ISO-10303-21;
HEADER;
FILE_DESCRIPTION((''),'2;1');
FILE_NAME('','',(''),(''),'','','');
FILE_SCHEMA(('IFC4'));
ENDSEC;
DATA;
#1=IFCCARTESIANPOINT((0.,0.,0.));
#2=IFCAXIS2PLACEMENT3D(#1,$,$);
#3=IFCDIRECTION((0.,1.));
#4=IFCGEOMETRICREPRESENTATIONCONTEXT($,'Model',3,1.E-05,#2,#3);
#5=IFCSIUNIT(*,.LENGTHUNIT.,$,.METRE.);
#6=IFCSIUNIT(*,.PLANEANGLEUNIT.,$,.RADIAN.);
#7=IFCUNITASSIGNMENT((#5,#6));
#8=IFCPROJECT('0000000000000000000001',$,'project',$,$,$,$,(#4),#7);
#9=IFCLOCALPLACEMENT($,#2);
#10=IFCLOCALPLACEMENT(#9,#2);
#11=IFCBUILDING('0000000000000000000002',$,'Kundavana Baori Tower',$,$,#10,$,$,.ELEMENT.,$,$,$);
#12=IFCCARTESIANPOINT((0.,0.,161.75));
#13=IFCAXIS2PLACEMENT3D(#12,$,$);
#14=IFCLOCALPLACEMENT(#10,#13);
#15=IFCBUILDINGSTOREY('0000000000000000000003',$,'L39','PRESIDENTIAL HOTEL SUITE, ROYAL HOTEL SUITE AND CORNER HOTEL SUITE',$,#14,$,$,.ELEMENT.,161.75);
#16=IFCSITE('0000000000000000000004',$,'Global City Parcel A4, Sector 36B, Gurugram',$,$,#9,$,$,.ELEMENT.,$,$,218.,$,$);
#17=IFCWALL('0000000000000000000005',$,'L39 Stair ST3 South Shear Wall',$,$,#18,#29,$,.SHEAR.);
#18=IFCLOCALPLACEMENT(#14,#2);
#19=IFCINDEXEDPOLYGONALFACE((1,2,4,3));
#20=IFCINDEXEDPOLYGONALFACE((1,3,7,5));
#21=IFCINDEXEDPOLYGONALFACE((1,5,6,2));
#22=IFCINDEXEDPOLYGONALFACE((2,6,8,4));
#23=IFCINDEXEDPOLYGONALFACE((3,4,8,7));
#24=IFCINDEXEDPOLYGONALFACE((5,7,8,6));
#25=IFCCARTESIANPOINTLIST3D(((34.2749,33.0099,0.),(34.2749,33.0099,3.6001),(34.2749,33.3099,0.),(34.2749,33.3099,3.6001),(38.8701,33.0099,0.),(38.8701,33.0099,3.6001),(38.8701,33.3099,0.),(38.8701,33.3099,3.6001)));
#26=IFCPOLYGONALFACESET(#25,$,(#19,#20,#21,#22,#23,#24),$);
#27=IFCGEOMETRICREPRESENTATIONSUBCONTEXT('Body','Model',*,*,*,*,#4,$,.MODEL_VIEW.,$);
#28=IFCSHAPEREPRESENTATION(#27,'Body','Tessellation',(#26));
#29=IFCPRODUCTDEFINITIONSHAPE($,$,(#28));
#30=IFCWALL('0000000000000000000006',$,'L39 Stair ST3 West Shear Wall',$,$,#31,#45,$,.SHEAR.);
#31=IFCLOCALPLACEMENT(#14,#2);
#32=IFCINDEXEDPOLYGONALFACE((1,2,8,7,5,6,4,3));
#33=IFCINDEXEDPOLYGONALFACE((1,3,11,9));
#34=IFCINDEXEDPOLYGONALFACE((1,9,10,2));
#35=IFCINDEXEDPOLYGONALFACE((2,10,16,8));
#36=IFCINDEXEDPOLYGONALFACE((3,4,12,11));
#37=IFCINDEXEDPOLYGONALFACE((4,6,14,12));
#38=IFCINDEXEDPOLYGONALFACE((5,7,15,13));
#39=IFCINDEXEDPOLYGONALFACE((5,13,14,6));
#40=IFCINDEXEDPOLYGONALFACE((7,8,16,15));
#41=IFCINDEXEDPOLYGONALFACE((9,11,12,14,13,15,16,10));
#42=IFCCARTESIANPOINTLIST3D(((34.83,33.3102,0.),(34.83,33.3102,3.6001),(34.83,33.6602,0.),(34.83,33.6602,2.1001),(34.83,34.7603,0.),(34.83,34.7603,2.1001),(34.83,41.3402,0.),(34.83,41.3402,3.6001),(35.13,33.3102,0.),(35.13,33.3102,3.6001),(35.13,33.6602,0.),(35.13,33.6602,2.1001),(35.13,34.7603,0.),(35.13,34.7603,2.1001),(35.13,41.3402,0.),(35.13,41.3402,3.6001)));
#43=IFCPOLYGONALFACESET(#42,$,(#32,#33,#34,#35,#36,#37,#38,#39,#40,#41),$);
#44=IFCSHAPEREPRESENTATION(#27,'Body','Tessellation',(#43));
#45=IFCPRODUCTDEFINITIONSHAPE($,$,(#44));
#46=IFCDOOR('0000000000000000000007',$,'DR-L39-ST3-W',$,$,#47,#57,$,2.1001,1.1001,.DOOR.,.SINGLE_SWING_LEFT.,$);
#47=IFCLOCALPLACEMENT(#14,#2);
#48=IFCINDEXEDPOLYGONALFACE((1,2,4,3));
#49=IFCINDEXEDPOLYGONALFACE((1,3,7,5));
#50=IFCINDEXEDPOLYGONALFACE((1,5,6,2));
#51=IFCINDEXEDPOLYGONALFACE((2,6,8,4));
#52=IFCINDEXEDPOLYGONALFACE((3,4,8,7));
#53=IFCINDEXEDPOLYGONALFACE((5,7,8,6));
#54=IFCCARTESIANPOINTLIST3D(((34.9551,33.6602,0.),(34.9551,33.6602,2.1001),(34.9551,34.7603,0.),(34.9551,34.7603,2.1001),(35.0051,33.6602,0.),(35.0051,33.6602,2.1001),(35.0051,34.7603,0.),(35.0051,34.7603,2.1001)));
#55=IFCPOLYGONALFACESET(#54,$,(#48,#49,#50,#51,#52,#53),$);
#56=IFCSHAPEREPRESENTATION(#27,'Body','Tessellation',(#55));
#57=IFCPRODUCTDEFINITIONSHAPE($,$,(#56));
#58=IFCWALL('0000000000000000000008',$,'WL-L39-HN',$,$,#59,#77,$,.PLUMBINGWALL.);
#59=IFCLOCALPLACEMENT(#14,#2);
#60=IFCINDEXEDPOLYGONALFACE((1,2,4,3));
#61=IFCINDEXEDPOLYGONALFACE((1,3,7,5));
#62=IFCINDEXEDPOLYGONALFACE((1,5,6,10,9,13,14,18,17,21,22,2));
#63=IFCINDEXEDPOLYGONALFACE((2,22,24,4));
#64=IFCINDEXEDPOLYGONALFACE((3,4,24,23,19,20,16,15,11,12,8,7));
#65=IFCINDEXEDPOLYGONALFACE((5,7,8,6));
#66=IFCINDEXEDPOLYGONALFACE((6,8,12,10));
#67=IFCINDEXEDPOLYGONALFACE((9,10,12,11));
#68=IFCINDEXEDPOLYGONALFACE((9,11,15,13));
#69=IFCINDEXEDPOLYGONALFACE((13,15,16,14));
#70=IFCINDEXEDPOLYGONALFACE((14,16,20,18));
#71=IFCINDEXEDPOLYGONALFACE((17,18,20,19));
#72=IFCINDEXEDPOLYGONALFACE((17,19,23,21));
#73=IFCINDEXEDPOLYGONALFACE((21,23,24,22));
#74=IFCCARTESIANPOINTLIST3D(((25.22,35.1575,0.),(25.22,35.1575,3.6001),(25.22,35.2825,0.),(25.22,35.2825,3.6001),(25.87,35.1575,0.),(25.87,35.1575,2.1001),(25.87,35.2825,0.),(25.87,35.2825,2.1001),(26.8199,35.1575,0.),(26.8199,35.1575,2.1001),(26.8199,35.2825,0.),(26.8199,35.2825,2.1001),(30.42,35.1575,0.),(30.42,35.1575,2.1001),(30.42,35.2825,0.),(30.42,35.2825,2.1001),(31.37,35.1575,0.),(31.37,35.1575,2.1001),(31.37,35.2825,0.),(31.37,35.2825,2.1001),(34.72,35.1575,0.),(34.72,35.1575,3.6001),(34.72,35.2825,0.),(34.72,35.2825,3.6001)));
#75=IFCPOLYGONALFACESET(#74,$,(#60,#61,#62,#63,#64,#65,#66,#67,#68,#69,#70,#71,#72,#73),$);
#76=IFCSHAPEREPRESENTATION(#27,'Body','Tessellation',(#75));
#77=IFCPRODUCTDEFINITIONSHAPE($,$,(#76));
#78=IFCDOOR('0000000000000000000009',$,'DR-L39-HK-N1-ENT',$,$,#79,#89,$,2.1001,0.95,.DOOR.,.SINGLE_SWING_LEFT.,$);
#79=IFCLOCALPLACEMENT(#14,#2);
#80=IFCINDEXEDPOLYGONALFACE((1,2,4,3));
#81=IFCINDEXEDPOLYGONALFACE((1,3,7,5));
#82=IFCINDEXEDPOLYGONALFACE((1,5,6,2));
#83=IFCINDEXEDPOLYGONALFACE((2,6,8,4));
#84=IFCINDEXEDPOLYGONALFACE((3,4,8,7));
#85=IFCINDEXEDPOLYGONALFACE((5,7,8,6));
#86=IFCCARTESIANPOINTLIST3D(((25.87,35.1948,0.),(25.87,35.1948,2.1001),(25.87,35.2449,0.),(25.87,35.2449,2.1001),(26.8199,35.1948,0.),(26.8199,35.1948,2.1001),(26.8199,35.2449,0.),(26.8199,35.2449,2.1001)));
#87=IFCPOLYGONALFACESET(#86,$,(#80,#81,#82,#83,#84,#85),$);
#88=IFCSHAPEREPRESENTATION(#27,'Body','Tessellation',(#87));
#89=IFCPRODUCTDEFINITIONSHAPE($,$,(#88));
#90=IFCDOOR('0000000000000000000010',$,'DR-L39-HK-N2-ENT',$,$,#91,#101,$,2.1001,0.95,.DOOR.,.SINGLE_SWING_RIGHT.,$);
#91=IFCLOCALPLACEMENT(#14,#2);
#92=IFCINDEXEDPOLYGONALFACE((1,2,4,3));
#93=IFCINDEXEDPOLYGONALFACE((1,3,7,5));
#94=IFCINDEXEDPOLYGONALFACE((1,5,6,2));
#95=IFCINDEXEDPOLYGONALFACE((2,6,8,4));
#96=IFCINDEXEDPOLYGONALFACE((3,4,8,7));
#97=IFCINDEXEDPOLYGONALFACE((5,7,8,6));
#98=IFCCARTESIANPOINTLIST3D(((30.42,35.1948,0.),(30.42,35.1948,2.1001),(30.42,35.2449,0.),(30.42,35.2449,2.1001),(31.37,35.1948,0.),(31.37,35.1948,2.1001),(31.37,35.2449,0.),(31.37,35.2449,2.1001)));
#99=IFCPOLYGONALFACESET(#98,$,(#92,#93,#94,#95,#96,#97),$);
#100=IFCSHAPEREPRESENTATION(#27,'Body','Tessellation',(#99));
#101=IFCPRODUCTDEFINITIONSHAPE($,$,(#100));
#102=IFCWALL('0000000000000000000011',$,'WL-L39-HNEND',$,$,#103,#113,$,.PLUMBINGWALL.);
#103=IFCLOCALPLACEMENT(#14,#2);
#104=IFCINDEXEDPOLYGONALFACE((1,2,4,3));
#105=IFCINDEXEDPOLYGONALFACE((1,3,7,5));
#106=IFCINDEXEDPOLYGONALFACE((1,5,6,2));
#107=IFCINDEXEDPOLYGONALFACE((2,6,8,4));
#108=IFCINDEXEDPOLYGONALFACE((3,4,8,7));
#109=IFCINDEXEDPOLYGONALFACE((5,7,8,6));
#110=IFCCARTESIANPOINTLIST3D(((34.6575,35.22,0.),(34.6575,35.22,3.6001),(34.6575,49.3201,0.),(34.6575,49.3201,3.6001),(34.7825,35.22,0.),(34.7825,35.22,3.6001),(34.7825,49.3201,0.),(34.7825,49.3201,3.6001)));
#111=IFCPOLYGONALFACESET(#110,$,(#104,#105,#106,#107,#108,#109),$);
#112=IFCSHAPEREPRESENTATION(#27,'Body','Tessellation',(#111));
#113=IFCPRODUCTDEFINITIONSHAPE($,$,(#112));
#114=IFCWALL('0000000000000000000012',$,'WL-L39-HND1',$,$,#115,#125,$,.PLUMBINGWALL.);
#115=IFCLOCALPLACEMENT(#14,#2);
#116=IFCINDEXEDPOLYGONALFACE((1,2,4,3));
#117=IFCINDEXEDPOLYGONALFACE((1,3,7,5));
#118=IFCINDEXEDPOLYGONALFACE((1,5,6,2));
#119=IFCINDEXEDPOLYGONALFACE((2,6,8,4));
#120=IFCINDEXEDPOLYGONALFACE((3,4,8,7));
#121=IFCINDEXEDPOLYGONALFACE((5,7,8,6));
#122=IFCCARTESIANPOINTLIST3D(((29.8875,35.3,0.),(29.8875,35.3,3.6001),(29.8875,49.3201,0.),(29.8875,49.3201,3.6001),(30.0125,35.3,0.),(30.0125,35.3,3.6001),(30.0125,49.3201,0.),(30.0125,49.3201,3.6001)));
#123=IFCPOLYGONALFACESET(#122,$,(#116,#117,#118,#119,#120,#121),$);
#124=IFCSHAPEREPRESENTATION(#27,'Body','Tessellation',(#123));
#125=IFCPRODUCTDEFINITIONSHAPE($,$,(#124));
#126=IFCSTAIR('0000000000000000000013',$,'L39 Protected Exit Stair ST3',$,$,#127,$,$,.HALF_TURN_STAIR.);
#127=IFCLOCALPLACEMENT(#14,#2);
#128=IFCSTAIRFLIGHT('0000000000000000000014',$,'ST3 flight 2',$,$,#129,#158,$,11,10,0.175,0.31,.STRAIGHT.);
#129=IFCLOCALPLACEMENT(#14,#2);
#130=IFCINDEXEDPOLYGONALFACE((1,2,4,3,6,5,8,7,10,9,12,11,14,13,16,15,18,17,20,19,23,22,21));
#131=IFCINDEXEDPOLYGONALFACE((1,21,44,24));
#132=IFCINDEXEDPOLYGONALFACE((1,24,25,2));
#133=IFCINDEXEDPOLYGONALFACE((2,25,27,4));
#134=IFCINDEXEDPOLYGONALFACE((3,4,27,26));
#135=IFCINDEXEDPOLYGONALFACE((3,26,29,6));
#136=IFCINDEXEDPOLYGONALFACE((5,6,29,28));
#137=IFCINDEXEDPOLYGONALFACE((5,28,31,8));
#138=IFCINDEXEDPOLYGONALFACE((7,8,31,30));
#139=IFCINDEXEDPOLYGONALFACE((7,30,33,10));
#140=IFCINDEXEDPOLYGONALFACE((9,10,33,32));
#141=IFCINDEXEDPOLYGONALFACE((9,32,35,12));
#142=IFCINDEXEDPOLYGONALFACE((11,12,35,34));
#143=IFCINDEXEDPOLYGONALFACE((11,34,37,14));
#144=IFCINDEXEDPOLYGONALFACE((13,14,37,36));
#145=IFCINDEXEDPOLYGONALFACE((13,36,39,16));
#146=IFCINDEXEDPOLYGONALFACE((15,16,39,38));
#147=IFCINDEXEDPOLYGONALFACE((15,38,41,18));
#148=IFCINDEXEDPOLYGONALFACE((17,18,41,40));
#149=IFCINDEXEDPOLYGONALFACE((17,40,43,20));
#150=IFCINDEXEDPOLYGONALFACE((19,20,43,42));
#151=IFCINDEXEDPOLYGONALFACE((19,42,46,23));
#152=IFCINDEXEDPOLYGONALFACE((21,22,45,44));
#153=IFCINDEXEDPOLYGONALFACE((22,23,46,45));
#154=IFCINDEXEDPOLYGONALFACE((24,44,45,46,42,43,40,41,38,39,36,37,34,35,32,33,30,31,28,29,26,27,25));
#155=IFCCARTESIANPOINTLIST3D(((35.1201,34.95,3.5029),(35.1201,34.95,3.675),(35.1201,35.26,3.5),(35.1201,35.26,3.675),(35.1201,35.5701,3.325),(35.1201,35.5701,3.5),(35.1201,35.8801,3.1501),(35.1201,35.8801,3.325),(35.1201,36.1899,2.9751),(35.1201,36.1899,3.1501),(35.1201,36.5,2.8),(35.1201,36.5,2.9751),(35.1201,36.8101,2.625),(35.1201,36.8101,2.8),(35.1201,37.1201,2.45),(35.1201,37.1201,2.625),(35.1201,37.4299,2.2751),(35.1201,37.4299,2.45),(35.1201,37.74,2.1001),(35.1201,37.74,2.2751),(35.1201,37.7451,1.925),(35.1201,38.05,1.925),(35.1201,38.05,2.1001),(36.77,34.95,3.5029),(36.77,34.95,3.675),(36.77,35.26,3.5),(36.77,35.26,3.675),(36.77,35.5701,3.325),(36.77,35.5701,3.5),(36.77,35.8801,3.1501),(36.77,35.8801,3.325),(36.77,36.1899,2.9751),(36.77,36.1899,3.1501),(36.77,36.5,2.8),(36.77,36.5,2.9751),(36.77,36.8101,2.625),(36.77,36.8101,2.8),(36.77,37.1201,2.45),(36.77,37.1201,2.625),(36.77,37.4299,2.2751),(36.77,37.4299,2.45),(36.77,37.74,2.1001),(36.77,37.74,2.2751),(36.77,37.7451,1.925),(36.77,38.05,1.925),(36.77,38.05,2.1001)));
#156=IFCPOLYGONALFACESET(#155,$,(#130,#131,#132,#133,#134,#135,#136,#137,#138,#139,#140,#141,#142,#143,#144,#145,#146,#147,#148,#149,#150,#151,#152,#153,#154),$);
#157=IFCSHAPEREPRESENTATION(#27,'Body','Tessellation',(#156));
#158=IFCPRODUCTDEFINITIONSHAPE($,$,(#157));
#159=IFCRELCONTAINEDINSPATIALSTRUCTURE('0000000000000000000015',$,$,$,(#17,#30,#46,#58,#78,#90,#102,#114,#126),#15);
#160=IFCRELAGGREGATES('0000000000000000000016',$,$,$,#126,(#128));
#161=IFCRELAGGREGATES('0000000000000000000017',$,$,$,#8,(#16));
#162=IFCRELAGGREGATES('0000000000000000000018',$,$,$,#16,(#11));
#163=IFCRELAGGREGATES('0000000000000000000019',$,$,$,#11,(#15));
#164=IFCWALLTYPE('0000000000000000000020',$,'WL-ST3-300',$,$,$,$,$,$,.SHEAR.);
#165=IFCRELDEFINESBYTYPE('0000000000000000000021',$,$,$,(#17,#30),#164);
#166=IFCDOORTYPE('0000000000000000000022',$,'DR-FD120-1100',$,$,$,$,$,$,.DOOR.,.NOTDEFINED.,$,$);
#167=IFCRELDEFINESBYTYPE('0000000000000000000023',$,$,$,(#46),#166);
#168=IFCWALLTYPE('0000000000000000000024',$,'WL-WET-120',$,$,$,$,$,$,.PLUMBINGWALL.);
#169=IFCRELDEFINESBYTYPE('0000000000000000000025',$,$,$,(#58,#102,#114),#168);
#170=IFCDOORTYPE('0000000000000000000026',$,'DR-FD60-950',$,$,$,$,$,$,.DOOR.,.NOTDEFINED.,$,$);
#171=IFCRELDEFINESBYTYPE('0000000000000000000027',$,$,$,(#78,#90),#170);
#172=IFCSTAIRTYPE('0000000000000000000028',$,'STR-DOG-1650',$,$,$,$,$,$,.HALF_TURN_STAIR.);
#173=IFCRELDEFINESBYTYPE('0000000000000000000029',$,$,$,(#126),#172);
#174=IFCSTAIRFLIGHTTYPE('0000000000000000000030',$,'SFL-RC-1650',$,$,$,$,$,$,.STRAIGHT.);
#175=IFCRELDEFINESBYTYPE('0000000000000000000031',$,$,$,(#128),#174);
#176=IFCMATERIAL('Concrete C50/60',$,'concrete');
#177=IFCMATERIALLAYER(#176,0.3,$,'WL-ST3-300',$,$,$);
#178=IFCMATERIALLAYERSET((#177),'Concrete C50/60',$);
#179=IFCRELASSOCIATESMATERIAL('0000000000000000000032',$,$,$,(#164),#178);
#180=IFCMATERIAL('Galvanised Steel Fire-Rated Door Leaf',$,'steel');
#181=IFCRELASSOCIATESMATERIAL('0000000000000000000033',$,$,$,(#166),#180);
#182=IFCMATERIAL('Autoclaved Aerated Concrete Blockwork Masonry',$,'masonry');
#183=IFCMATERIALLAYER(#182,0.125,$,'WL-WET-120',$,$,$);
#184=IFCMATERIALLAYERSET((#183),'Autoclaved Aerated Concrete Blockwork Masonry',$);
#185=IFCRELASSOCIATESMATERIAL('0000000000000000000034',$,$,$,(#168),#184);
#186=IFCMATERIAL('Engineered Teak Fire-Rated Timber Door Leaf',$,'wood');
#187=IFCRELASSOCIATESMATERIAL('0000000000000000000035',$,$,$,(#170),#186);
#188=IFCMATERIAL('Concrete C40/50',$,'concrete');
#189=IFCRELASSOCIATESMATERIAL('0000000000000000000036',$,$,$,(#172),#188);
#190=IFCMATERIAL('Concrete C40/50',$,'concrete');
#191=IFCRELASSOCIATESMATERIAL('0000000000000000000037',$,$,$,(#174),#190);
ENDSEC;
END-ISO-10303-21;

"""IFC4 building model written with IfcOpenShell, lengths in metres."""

from ifc_helpers import new_model, si_unit, direction, frame, frame_2d, origin, place, context, subcontext, project, spatial, polyline, rectangle, outline, extrude, material, layer, layer_set, type_object, element, fill, aggregate, save


model = new_model("IFC4")

# Units and contexts
model_context = context("Model", 3, precision=1e-05, world=origin(), true_north=direction((0.0, 1.0)))
body_context = subcontext(model_context, "Body", "Model", "MODEL_VIEW")
ifc_project = project(units=[si_unit("LENGTHUNIT", "METRE"), si_unit("PLANEANGLEUNIT", "RADIAN")], contexts=[model_context])

# Site, building, storey
site_placement = place(None, origin())
site = spatial("IfcSite", under=ifc_project, at=site_placement, Name="Global City Parcel A4, Sector 36B, Gurugram", CompositionType="ELEMENT", RefElevation=218.0)
building_placement = place(site_placement, origin())
building = spatial("IfcBuilding", under=site, at=building_placement, Name="Kundavana Baori Tower", CompositionType="ELEMENT")
storey_placement = place(building_placement, frame((0.0, 0.0, 161.75)))
storey = spatial("IfcBuildingStorey", under=building, at=storey_placement, Name="L39", Description="PRESIDENTIAL HOTEL SUITE, ROYAL HOTEL SUITE AND CORNER HOTEL SUITE", CompositionType="ELEMENT", Elevation=161.75)

# Wall
ifc_material_1 = material(Name="Concrete C50/60", Category="concrete")
ifc_layer_1 = layer(ifc_material_1, 0.3, Name="WL-ST3-300")
ifc_layer_set_1 = layer_set([ifc_layer_1], Name="Concrete C50/60")
wall_type_1 = type_object("IfcWallType", Name="WL-ST3-300", PredefinedType="SHEAR", material=ifc_layer_set_1)
wall_1_placement = place(storey_placement, frame((34.2749, 33.1599, 0.0), z_axis=(0.0, 0.0, 1.0), x_axis=(1.0, 0.0, 0.0)))
element("IfcWall", 1, at=wall_1_placement, inside=storey, type_object=wall_type_1, Name="L39 Stair ST3 South Shear Wall", PredefinedType="SHEAR", context=body_context, shape_type="SweptSolid", body=[
    extrude(rectangle(XDim=4.5952, YDim=0.3, at=frame_2d((2.2976, 0.0))), origin(), (0.0, 0.0, 1.0), 3.6001),
])

# Wall, opening, door
wall_2_placement = place(storey_placement, frame((34.98, 33.3101, 0.0), z_axis=(0.0, 0.0, 1.0), x_axis=(0.0, 1.0, 0.0)))
wall_2 = element("IfcWall", 2, at=wall_2_placement, inside=storey, type_object=wall_type_1, Name="L39 Stair ST3 West Shear Wall", PredefinedType="SHEAR", context=body_context, shape_type="SweptSolid", body=[
    extrude(rectangle(XDim=8.03, YDim=0.3, at=frame_2d((4.0151, 0.0))), origin(), (0.0, 0.0, 1.0), 3.6001),
])
opening_1_placement = place(wall_2_placement, frame((0.3501, 0.0, 0.0)))
opening_1 = element("IfcOpeningElement", 3, at=opening_1_placement, cuts=wall_2, PredefinedType="OPENING", context=body_context, shape_type="SweptSolid", body=[
    extrude(rectangle(XDim=1.1001, YDim=2.1001, at=frame_2d((0.55, 1.05))), frame((0.0, 0.1602, 0.0), z_axis=(0.0, -1.0, 0.0), x_axis=(1.0, 0.0, 0.0)), (0.0, 0.0, 1.0), 0.3201),
])
ifc_material_2 = material(Name="Galvanised Steel Fire-Rated Door Leaf", Category="steel")
door_type_1 = type_object("IfcDoorType", Name="DR-FD120-1100", OperationType="NOTDEFINED", PredefinedType="DOOR", material=ifc_material_2)
door_1_placement = place(opening_1_placement, origin())
door_1 = element("IfcDoor", 4, at=door_1_placement, inside=storey, type_object=door_type_1, Name="DR-L39-ST3-W", OperationType="SINGLE_SWING_LEFT", OverallHeight=2.1001, OverallWidth=1.1001, PredefinedType="DOOR", context=body_context, shape_type="SweptSolid", body=[
    extrude(rectangle(XDim=1.1001, YDim=2.1001, at=frame_2d((0.55, 1.05))), frame((0.0, 0.0249, 0.0), z_axis=(0.0, -1.0, 0.0), x_axis=(1.0, 0.0, 0.0)), (0.0, 0.0, 1.0), 0.05),
])
fill(opening_1, door_1)

# Wall, openings, doors
ifc_material_3 = material(Name="Autoclaved Aerated Concrete Blockwork Masonry", Category="masonry")
ifc_layer_2 = layer(ifc_material_3, 0.125, Name="WL-WET-120")
ifc_layer_set_2 = layer_set([ifc_layer_2], Name="Autoclaved Aerated Concrete Blockwork Masonry")
wall_type_2 = type_object("IfcWallType", Name="WL-WET-120", PredefinedType="PLUMBINGWALL", material=ifc_layer_set_2)
wall_3_placement = place(storey_placement, frame((25.22, 35.22, 0.0), z_axis=(0.0, 0.0, 1.0), x_axis=(1.0, 0.0, 0.0)))
wall_3 = element("IfcWall", 5, at=wall_3_placement, inside=storey, type_object=wall_type_2, Name="WL-L39-HN", PredefinedType="PLUMBINGWALL", context=body_context, shape_type="SweptSolid", body=[
    extrude(rectangle(XDim=9.5, YDim=0.125, at=frame_2d((4.75, 0.0))), origin(), (0.0, 0.0, 1.0), 3.6001),
])
opening_2_placement = place(wall_3_placement, frame((0.6499, 0.0, 0.0)))
opening_2 = element("IfcOpeningElement", 6, at=opening_2_placement, cuts=wall_3, PredefinedType="OPENING", context=body_context, shape_type="SweptSolid", body=[
    extrude(rectangle(XDim=0.95, YDim=2.1001, at=frame_2d((0.4751, 1.05))), frame((0.0, 0.0725, 0.0), z_axis=(0.0, -1.0, 0.0), x_axis=(1.0, 0.0, 0.0)), (0.0, 0.0, 1.0), 0.145),
])
opening_3_placement = place(wall_3_placement, frame((5.2, 0.0, 0.0)))
opening_3 = element("IfcOpeningElement", 7, at=opening_3_placement, cuts=wall_3, PredefinedType="OPENING", context=body_context, shape_type="SweptSolid", body=[
    extrude(rectangle(XDim=0.95, YDim=2.1001, at=frame_2d((0.4751, 1.05))), frame((0.0, 0.0725, 0.0), z_axis=(0.0, -1.0, 0.0), x_axis=(1.0, 0.0, 0.0)), (0.0, 0.0, 1.0), 0.145),
])
ifc_material_4 = material(Name="Engineered Teak Fire-Rated Timber Door Leaf", Category="wood")
door_type_2 = type_object("IfcDoorType", Name="DR-FD60-950", OperationType="NOTDEFINED", PredefinedType="DOOR", material=ifc_material_4)
door_2_placement = place(opening_2_placement, origin())
door_2 = element("IfcDoor", 8, at=door_2_placement, inside=storey, type_object=door_type_2, Name="DR-L39-HK-N1-ENT", OperationType="SINGLE_SWING_LEFT", OverallHeight=2.1001, OverallWidth=0.95, PredefinedType="DOOR", context=body_context, shape_type="SweptSolid", body=[
    extrude(rectangle(XDim=0.95, YDim=2.1001, at=frame_2d((0.4751, 1.05))), frame((0.0, 0.0249, 0.0), z_axis=(0.0, -1.0, 0.0), x_axis=(1.0, 0.0, 0.0)), (0.0, 0.0, 1.0), 0.05),
])
fill(opening_2, door_2)
door_3_placement = place(opening_3_placement, origin())
door_3 = element("IfcDoor", 9, at=door_3_placement, inside=storey, type_object=door_type_2, Name="DR-L39-HK-N2-ENT", OperationType="SINGLE_SWING_RIGHT", OverallHeight=2.1001, OverallWidth=0.95, PredefinedType="DOOR", context=body_context, shape_type="SweptSolid", body=[
    extrude(rectangle(XDim=0.95, YDim=2.1001, at=frame_2d((0.4751, 1.05))), frame((0.0, 0.0249, 0.0), z_axis=(0.0, -1.0, 0.0), x_axis=(1.0, 0.0, 0.0)), (0.0, 0.0, 1.0), 0.05),
])
fill(opening_3, door_3)

# Walls
wall_4_placement = place(storey_placement, frame((34.72, 35.22, 0.0), z_axis=(0.0, 0.0, 1.0), x_axis=(0.0, 1.0, 0.0)))
element("IfcWall", 10, at=wall_4_placement, inside=storey, type_object=wall_type_2, Name="WL-L39-HNEND", PredefinedType="PLUMBINGWALL", context=body_context, shape_type="SweptSolid", body=[
    extrude(rectangle(XDim=14.1001, YDim=0.125, at=frame_2d((7.05, 0.0))), origin(), (0.0, 0.0, 1.0), 3.6001),
])
wall_5_placement = place(storey_placement, frame((29.95, 35.3, 0.0), z_axis=(0.0, 0.0, 1.0), x_axis=(0.0, 1.0, 0.0)))
element("IfcWall", 11, at=wall_5_placement, inside=storey, type_object=wall_type_2, Name="WL-L39-HND1", PredefinedType="PLUMBINGWALL", context=body_context, shape_type="SweptSolid", body=[
    extrude(rectangle(XDim=14.02, YDim=0.125, at=frame_2d((7.01, 0.0))), origin(), (0.0, 0.0, 1.0), 3.6001),
])

# Stair, stair flight
ifc_material_5 = material(Name="Concrete C40/50", Category="concrete")
stair_type = type_object("IfcStairType", Name="STR-DOG-1650", PredefinedType="HALF_TURN_STAIR", material=ifc_material_5)
stair_placement = place(storey_placement, origin())
stair = element("IfcStair", 12, at=stair_placement, inside=storey, type_object=stair_type, Name="L39 Protected Exit Stair ST3", PredefinedType="HALF_TURN_STAIR")
ifc_material_6 = material(Name="Concrete C40/50", Category="concrete")
stair_flight_type = type_object("IfcStairFlightType", Name="SFL-RC-1650", PredefinedType="STRAIGHT", material=ifc_material_6)
stair_flight_placement = place(storey_placement, frame((35.9451, 38.05, 1.925), z_axis=(0.0, 0.0, 1.0), x_axis=(0.0, -1.0, 0.0)))
stair_flight = element("IfcStairFlight", 13, at=stair_flight_placement, type_object=stair_flight_type, Name="ST3 flight 2", NumberOfRisers=11, NumberOfTreads=10, PredefinedType="STRAIGHT", RiserHeight=0.175, TreadLength=0.31, context=body_context, shape_type="SweptSolid", body=[
    extrude(outline(polyline([(0.0, 0.0), (0.0, 0.175), (0.3101, 0.175), (0.3101, 0.3501), (0.6201, 0.3501), (0.6201, 0.5249), (0.9299, 0.5249), (0.9299, 0.7), (1.24, 0.7), (1.24, 0.875), (1.55, 0.875), (1.55, 1.05), (1.8601, 1.05), (1.8601, 1.2251), (2.1699, 1.2251), (2.1699, 1.3999), (2.48, 1.3999), (2.48, 1.575), (2.79, 1.575), (2.79, 1.75), (3.1001, 1.75), (3.1001, 1.925), (3.1001, 1.5779), (0.3049, 0.0), (0.0, 0.0)])), frame((0.0, 0.825, 0.0), z_axis=(0.0, -1.0, 0.0), x_axis=(1.0, 0.0, 0.0)), (0.0, 0.0, 1.0), 1.6499),
])
aggregate(stair, [stair_flight])

save(model, "model.ifc")
